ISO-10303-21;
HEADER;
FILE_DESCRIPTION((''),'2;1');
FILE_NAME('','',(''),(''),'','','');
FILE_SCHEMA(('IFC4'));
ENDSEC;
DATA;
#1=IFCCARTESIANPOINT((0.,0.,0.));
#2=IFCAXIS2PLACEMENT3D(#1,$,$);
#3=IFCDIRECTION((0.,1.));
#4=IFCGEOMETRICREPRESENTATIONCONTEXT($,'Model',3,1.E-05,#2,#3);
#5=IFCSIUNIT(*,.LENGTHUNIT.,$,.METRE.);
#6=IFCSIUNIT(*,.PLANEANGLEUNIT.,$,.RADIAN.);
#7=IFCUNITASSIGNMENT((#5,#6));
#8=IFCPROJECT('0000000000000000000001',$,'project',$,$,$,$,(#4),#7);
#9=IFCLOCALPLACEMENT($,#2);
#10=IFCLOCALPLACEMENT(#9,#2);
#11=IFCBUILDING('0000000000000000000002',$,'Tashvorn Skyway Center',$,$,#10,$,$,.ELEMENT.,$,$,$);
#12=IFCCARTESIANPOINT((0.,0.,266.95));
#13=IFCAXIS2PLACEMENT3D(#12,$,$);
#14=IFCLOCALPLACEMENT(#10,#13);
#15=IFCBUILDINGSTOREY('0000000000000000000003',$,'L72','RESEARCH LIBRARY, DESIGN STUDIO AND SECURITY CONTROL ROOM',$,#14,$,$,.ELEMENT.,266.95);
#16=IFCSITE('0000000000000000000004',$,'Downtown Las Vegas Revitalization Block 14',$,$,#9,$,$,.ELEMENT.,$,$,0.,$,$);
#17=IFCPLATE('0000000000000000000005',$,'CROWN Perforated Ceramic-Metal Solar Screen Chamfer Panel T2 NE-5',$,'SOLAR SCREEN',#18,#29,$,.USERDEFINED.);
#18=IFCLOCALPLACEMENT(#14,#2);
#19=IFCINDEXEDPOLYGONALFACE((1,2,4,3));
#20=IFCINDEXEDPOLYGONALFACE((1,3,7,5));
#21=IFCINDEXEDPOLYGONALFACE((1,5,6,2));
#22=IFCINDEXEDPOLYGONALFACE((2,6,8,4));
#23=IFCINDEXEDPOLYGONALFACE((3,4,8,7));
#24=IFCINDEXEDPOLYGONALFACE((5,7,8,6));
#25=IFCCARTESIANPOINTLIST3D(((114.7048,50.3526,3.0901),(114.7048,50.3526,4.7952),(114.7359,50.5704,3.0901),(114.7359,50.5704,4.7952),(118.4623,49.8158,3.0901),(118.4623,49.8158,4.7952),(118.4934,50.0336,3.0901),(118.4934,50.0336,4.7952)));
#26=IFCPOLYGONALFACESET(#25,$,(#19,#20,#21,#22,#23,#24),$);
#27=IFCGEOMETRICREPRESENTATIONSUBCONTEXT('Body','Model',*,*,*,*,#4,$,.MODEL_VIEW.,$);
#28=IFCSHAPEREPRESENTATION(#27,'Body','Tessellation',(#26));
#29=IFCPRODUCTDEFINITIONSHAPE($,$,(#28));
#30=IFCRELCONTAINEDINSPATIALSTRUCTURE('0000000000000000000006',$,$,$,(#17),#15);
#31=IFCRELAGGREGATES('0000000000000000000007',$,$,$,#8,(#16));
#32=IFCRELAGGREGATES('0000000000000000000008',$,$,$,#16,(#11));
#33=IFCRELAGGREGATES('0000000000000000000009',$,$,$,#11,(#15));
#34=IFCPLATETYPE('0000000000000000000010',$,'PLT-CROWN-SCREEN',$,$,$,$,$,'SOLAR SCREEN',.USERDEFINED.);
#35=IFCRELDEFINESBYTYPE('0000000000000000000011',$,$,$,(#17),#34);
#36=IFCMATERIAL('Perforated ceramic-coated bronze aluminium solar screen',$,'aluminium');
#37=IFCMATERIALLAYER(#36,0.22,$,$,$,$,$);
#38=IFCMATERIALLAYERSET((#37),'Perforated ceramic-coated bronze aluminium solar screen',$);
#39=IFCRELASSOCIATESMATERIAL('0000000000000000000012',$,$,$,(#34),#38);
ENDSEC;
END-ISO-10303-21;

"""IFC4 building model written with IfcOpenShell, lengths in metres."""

from ifc_helpers import new_model, si_unit, direction, frame, origin, origin_2d, place, context, subcontext, project, spatial, rectangle, extrude, material, layer, layer_set, type_object, element, save


model = new_model("IFC4")

# Units and contexts
model_context = context("Model", 3, precision=1e-05, world=origin(), true_north=direction((0.0, 1.0)))
body_context = subcontext(model_context, "Body", "Model", "MODEL_VIEW")
ifc_project = project(units=[si_unit("LENGTHUNIT", "METRE"), si_unit("PLANEANGLEUNIT", "RADIAN")], contexts=[model_context])

# Site, building, storey
site_placement = place(None, origin())
site = spatial("IfcSite", under=ifc_project, at=site_placement, Name="Downtown Las Vegas Revitalization Block 14", CompositionType="ELEMENT", RefElevation=0.0)
building_placement = place(site_placement, origin())
building = spatial("IfcBuilding", under=site, at=building_placement, Name="Tashvorn Skyway Center", CompositionType="ELEMENT")
storey_placement = place(building_placement, frame((0.0, 0.0, 266.95)))
storey = spatial("IfcBuildingStorey", under=building, at=storey_placement, Name="L72", Description="RESEARCH LIBRARY, DESIGN STUDIO AND SECURITY CONTROL ROOM", CompositionType="ELEMENT", Elevation=266.95)

# Plate
ifc_material_1 = material(Name="Perforated ceramic-coated bronze aluminium solar screen", Category="aluminium")
ifc_layer_1 = layer(ifc_material_1, 0.22)
ifc_layer_set_1 = layer_set([ifc_layer_1], Name="Perforated ceramic-coated bronze aluminium solar screen")
plate_type_1 = type_object("IfcPlateType", Name="PLT-CROWN-SCREEN", ElementType="SOLAR SCREEN", PredefinedType="USERDEFINED", material=ifc_layer_set_1)
for number, where, z_axis, x_axis, name in (
    (1, (116.5991, 50.1931, 3.0901), (0.0, 0.0, 1.0), (0.989949, -0.141421, 0.0), "CROWN Perforated Ceramic-Metal Solar Screen Chamfer Panel T2 NE-5"),
):
    element("IfcPlate", number, at=place(storey_placement, frame(where, z_axis=z_axis, x_axis=x_axis)), inside=storey, type_object=plate_type_1, Name=name, ObjectType="SOLAR SCREEN", PredefinedType="USERDEFINED", context=body_context, shape_type="SweptSolid", body=[
        extrude(rectangle(XDim=3.7957, YDim=0.22, at=origin_2d()), origin(), (0.0, 0.0, 1.0), 1.7051),
    ])

save(model, "model.ifc")
